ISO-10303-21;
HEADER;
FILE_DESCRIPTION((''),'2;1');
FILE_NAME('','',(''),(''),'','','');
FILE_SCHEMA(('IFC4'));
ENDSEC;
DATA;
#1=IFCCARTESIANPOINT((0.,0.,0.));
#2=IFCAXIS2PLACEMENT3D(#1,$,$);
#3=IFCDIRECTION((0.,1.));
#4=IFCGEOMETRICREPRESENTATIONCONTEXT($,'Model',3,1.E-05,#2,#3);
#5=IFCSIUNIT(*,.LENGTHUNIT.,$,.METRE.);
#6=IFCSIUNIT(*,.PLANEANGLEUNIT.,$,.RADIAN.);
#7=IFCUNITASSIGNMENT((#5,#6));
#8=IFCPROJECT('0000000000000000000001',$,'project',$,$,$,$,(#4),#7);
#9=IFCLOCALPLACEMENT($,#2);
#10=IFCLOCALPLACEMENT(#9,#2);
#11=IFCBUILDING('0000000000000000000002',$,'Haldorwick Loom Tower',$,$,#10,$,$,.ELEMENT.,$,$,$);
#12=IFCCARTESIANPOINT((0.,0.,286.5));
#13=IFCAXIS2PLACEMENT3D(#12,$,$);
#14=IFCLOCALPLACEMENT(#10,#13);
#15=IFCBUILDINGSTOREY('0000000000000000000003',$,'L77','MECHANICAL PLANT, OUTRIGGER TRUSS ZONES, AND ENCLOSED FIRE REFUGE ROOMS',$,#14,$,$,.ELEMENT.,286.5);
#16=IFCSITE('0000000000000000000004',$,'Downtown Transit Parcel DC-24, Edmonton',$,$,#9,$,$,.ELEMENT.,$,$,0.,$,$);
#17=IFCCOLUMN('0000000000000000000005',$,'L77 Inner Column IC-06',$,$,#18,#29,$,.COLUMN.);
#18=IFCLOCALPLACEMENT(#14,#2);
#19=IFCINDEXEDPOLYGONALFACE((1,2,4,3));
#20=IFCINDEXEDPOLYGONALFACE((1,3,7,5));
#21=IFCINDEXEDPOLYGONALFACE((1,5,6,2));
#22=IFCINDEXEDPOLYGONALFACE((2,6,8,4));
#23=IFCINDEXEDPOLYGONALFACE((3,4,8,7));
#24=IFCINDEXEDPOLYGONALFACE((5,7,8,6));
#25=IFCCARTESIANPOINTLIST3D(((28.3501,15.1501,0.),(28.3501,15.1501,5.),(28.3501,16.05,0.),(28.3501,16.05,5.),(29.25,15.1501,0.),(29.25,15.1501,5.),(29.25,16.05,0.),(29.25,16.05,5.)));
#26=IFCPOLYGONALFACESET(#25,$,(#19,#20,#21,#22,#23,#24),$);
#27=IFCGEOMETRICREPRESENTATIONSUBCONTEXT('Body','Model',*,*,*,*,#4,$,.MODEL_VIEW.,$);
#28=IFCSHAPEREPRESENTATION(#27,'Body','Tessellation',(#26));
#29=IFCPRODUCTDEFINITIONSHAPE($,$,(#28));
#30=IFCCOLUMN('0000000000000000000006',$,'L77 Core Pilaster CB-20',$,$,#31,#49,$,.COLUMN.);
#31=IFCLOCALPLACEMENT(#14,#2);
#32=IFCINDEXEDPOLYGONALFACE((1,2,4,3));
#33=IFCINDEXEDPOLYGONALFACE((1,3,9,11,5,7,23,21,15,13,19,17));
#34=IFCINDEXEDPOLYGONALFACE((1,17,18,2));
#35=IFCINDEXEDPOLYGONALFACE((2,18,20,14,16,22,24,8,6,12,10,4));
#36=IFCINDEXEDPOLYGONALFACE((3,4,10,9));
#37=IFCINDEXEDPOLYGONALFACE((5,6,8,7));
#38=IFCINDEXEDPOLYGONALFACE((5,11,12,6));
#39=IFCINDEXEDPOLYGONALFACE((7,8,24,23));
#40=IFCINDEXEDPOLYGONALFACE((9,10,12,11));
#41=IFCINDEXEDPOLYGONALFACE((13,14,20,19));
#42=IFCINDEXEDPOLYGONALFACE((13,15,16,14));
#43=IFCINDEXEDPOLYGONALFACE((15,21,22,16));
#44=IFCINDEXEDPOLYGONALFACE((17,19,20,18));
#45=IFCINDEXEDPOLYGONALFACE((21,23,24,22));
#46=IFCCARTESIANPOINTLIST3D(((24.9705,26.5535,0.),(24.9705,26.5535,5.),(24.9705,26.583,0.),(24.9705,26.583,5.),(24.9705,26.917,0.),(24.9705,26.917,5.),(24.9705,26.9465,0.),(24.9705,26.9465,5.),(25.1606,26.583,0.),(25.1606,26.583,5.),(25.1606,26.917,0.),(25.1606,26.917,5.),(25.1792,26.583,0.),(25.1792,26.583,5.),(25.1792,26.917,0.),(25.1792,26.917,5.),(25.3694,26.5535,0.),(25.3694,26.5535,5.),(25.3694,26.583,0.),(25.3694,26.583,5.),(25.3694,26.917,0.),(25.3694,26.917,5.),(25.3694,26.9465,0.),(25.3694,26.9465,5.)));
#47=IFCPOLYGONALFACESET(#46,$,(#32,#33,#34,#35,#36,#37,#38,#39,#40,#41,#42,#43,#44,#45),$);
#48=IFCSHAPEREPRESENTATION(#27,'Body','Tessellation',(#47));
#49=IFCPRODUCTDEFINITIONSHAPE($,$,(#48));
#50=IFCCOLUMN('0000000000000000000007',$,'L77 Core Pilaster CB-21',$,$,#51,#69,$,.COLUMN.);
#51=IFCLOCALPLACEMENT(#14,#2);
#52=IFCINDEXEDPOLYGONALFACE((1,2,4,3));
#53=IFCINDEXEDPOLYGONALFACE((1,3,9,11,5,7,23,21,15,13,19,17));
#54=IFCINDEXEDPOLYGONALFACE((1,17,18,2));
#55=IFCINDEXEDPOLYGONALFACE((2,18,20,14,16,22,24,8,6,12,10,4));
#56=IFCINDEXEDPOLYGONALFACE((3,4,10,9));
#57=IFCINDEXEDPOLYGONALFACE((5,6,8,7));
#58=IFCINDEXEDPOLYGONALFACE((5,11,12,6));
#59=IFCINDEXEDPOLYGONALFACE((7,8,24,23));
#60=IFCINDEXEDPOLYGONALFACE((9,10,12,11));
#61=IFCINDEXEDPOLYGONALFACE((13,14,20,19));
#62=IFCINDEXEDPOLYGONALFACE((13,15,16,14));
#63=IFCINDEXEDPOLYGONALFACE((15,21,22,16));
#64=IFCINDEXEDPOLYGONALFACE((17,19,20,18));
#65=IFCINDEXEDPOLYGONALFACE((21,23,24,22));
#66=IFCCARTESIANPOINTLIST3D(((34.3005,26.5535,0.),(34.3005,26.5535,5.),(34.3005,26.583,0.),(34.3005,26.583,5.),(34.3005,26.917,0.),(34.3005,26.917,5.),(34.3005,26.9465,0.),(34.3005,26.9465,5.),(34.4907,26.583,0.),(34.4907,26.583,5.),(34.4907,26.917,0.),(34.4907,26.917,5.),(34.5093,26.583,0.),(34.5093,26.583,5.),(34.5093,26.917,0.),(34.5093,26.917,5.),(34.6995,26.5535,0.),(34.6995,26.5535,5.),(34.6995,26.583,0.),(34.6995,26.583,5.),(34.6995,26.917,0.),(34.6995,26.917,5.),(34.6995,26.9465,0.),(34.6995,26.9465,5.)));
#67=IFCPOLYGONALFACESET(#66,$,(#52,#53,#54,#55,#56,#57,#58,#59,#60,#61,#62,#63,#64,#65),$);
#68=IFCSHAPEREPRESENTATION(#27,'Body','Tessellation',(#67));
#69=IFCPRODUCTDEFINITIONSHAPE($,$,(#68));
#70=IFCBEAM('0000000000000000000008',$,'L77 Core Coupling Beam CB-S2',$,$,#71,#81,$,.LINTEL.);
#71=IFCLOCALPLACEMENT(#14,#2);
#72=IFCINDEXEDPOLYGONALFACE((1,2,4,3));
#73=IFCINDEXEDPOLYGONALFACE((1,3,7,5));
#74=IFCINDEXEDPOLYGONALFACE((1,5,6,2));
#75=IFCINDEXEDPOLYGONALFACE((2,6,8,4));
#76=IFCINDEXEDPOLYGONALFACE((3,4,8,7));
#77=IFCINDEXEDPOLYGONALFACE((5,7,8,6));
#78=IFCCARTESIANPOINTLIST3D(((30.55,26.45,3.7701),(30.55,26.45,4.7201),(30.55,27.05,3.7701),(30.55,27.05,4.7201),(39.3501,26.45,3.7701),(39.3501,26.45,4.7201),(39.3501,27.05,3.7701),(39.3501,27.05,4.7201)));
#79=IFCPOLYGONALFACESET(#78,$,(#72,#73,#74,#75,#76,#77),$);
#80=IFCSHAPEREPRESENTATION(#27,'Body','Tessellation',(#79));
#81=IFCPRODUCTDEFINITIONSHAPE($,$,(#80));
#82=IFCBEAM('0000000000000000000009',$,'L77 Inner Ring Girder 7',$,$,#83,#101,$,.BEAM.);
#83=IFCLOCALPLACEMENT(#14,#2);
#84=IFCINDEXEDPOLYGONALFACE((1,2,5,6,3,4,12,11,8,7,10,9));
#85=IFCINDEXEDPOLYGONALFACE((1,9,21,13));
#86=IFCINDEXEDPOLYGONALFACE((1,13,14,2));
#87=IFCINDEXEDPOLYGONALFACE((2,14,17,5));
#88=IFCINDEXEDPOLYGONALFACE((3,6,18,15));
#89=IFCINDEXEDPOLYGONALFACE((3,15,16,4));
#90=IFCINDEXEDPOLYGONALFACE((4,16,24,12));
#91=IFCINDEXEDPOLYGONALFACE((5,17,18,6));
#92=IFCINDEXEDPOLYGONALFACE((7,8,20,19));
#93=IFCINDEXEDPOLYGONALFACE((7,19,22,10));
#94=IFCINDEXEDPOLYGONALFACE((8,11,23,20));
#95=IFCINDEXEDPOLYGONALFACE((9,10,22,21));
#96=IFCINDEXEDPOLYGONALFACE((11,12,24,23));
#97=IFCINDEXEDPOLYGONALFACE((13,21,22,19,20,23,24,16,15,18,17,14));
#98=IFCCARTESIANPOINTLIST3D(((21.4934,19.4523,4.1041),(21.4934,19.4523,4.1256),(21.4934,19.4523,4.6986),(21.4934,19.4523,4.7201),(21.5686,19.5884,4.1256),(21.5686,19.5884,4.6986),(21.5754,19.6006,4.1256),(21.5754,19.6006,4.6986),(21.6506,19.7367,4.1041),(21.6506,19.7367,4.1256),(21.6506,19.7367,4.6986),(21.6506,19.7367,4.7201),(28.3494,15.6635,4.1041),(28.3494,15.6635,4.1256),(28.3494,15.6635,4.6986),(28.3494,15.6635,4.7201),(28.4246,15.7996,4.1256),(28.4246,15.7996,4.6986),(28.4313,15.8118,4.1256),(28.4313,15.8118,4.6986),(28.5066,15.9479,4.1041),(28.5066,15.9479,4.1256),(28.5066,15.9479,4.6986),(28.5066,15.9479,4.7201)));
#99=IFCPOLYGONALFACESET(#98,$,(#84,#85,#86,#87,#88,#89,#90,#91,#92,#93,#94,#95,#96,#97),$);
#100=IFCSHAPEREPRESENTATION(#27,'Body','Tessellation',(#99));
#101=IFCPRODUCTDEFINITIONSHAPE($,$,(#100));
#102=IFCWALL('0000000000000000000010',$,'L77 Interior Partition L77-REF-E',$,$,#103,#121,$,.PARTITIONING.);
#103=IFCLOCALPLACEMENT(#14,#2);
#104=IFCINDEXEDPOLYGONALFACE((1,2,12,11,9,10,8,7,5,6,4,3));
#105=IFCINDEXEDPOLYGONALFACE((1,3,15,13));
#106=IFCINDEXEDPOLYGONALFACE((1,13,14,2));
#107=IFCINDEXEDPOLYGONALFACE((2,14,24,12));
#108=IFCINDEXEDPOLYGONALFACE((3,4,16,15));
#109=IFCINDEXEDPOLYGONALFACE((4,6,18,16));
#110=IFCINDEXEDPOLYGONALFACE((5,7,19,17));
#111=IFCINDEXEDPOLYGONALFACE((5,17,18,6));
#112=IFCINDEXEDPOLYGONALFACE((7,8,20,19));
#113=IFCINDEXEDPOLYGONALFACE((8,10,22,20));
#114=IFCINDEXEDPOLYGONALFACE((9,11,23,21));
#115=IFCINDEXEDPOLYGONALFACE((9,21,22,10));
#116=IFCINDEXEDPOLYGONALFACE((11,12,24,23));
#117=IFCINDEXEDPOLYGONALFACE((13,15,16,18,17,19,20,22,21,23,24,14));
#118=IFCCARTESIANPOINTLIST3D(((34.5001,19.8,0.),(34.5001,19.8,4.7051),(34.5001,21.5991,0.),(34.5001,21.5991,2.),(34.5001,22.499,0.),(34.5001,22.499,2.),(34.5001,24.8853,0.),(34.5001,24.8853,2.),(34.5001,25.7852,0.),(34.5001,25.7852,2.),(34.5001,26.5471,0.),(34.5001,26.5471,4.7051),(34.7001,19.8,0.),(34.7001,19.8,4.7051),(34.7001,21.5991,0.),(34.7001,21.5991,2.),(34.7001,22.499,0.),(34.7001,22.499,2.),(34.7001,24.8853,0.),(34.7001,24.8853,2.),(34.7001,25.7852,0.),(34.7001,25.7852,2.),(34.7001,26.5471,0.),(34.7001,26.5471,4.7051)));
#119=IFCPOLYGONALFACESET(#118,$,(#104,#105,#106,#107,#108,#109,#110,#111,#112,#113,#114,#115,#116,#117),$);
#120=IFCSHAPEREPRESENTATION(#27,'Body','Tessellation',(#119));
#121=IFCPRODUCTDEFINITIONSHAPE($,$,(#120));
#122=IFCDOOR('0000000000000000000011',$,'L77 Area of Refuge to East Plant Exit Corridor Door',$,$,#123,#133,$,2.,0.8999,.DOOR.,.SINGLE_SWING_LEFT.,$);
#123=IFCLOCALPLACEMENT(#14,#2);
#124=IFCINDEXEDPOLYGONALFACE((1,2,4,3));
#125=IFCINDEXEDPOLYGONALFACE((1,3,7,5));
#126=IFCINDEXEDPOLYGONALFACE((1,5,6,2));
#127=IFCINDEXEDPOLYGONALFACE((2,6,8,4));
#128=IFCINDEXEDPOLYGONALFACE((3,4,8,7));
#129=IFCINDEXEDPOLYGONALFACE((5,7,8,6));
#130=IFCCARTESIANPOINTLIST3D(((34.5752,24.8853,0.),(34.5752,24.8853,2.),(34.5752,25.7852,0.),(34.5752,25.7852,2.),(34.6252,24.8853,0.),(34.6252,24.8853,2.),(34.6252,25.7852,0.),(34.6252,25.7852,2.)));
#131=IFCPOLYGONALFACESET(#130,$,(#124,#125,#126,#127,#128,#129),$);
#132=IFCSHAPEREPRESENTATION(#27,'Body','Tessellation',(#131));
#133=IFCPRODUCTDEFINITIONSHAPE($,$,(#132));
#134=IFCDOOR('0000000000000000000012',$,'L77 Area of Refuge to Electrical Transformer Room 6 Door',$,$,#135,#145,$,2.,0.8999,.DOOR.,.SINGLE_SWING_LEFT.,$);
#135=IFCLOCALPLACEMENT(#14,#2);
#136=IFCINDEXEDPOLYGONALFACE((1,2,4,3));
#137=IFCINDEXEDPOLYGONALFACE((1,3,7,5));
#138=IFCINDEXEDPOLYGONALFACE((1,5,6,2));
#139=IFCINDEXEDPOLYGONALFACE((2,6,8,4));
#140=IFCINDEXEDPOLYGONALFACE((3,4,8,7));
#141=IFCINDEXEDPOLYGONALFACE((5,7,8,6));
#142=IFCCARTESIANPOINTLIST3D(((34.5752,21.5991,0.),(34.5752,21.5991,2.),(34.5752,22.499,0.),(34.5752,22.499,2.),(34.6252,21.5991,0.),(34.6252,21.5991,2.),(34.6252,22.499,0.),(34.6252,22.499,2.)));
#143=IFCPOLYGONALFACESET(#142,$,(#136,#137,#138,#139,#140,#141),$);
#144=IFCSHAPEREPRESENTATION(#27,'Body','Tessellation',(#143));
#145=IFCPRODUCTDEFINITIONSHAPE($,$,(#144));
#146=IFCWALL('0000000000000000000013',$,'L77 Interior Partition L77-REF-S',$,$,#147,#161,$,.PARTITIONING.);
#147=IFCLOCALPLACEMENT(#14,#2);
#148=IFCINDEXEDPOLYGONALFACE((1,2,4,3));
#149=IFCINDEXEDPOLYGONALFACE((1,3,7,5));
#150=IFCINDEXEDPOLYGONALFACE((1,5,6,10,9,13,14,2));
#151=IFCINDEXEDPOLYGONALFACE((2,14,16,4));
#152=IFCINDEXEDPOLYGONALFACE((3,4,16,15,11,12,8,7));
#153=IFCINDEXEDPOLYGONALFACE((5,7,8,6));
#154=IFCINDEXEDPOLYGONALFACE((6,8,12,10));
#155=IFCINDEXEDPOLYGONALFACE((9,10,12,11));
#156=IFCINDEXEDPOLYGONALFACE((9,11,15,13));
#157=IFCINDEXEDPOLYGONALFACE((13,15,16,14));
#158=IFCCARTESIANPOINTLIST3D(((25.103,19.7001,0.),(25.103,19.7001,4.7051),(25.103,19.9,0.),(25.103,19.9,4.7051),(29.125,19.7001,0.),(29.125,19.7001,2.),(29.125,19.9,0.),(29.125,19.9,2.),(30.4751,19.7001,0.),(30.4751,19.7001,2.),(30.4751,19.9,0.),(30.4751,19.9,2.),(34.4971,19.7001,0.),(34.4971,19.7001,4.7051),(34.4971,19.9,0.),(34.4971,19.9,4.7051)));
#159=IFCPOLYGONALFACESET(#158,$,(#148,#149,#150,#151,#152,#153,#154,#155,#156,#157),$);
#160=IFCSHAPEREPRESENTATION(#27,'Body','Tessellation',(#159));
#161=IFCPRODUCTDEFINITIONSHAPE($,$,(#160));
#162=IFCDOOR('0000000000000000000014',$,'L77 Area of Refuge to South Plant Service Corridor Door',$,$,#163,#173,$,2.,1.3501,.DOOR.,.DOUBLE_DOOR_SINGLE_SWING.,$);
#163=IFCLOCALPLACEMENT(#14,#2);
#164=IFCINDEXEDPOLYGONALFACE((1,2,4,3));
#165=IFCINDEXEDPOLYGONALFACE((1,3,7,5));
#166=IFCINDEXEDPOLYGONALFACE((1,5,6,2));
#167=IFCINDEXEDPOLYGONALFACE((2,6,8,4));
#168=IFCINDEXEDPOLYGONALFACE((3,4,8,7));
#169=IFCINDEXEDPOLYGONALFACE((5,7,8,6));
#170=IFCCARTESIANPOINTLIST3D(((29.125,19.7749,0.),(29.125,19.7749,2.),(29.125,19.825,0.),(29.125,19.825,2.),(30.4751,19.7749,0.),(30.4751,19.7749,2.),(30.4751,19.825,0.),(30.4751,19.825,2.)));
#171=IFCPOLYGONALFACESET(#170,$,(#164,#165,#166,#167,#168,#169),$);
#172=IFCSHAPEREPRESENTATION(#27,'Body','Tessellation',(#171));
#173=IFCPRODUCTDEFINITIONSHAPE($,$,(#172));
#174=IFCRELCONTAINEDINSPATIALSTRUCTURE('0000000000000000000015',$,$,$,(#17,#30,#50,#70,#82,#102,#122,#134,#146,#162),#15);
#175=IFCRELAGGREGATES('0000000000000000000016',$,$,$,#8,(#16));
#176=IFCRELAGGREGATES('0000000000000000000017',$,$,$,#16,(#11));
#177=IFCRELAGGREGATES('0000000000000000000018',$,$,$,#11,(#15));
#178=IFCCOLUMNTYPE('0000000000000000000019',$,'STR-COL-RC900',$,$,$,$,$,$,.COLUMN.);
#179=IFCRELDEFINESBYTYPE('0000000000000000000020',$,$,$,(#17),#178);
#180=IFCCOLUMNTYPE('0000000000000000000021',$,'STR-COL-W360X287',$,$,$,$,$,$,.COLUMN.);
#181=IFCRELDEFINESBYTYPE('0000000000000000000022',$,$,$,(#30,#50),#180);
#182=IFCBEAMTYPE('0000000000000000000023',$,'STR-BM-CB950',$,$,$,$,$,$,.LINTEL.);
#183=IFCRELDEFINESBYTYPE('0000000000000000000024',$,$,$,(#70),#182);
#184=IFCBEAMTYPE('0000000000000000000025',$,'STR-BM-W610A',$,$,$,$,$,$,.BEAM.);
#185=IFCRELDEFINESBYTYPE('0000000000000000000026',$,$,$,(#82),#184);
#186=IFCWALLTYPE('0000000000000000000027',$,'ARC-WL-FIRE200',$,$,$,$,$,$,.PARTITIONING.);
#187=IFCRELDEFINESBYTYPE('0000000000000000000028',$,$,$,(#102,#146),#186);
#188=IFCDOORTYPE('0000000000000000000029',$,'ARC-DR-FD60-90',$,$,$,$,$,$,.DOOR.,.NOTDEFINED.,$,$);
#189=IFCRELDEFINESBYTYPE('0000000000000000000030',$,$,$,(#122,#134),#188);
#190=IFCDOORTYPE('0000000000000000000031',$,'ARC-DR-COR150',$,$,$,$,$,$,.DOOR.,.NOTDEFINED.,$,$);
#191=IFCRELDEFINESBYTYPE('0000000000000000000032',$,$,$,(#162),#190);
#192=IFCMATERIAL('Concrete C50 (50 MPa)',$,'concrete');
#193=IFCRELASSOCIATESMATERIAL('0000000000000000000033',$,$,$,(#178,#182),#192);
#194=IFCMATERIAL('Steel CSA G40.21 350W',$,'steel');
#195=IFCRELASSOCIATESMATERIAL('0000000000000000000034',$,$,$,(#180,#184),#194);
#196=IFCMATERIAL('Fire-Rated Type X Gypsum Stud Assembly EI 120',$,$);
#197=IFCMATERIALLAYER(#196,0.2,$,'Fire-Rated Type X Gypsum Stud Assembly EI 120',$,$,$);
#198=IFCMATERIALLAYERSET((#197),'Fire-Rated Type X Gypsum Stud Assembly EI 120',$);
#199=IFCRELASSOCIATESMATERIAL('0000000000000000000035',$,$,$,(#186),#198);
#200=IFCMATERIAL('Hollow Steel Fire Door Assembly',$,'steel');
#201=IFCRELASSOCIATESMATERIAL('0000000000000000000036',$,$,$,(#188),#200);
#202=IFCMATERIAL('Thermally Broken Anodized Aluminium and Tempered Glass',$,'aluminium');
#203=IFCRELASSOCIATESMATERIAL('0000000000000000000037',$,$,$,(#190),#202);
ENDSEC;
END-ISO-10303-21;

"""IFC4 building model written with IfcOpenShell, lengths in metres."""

from ifc_helpers import new_model, si_unit, direction, frame, frame_2d, origin, origin_2d, place, context, subcontext, project, spatial, rectangle, i_section, extrude, material, layer, layer_set, material_profile, profile_set, type_object, element, fill, save


model = new_model("IFC4")

# Units and contexts
model_context = context("Model", 3, precision=1e-05, world=origin(), true_north=direction((0.0, 1.0)))
body_context = subcontext(model_context, "Body", "Model", "MODEL_VIEW")
ifc_project = project(units=[si_unit("LENGTHUNIT", "METRE"), si_unit("PLANEANGLEUNIT", "RADIAN")], contexts=[model_context])

# Site, building, storey
site_placement = place(None, origin())
site = spatial("IfcSite", under=ifc_project, at=site_placement, Name="Downtown Transit Parcel DC-24, Edmonton", CompositionType="ELEMENT", RefElevation=0.0)
building_placement = place(site_placement, origin())
building = spatial("IfcBuilding", under=site, at=building_placement, Name="Haldorwick Loom Tower", CompositionType="ELEMENT")
storey_placement = place(building_placement, frame((0.0, 0.0, 286.5)))
storey = spatial("IfcBuildingStorey", under=building, at=storey_placement, Name="L77", Description="MECHANICAL PLANT, OUTRIGGER TRUSS ZONES, AND ENCLOSED FIRE REFUGE ROOMS", CompositionType="ELEMENT", Elevation=286.5)

# Columns
ifc_material_1 = material(Name="Concrete C50 (50 MPa)", Category="concrete")
ifc_material_profile_1 = material_profile(ifc_material_1, rectangle(XDim=0.8999, YDim=0.8999, at=origin_2d()), Name="RC900X900", Category="concrete")
ifc_profile_set_1 = profile_set([ifc_material_profile_1], Name="Concrete C50 (50 MPa)")
column_type_1 = type_object("IfcColumnType", Name="STR-COL-RC900", PredefinedType="COLUMN", material=ifc_profile_set_1)
column_placement = place(storey_placement, frame((28.8, 15.6001, 0.0), z_axis=(0.0, 0.0, 1.0), x_axis=(1.0, 0.0, 0.0)))
element("IfcColumn", 1, at=column_placement, inside=storey, type_object=column_type_1, Name="L77 Inner Column IC-06", PredefinedType="COLUMN", context=body_context, shape_type="SweptSolid", body=[
    extrude(rectangle(XDim=0.8999, YDim=0.8999, at=origin_2d()), origin(), (0.0, 0.0, 1.0), 5.0),
])
ifc_material_2 = material(Name="Steel CSA G40.21 350W", Category="steel")
ifc_material_profile_2 = material_profile(ifc_material_2, i_section(OverallWidth=0.3989, OverallDepth=0.3931, WebThickness=0.0186, FlangeThickness=0.0295, at=origin_2d()), Name="W360X287", Category="steel")
ifc_profile_set_2 = profile_set([ifc_material_profile_2], Name="Steel CSA G40.21 350W")
column_type_2 = type_object("IfcColumnType", Name="STR-COL-W360X287", PredefinedType="COLUMN", material=ifc_profile_set_2)
for number, where, z_axis, x_axis, name in (
    (2, (25.1699, 26.75, 0.0), (0.0, 0.0, 1.0), (1.0, 0.0, 0.0), "L77 Core Pilaster CB-20"),
    (3, (34.5, 26.75, 0.0), (0.0, 0.0, 1.0), (1.0, 0.0, 0.0), "L77 Core Pilaster CB-21"),
):
    element("IfcColumn", number, at=place(storey_placement, frame(where, z_axis=z_axis, x_axis=x_axis)), inside=storey, type_object=column_type_2, Name=name, PredefinedType="COLUMN", context=body_context, shape_type="SweptSolid", body=[
        extrude(i_section(OverallWidth=0.3989, OverallDepth=0.3931, WebThickness=0.0186, FlangeThickness=0.0295, at=origin_2d()), origin(), (0.0, 0.0, 1.0), 5.0),
    ])

# Beams
ifc_material_profile_3 = material_profile(ifc_material_1, rectangle(XDim=0.6001, YDim=0.95, at=origin_2d()), Name="RC600X950", Category="concrete")
ifc_profile_set_3 = profile_set([ifc_material_profile_3], Name="Concrete C50 (50 MPa)")
beam_type_1 = type_object("IfcBeamType", Name="STR-BM-CB950", PredefinedType="LINTEL", material=ifc_profile_set_3)
beam_1_placement = place(storey_placement, frame((30.55, 26.75, 4.2451), z_axis=(1.0, 0.0, 0.0), x_axis=(0.0, 1.0, 0.0)))
element("IfcBeam", 4, at=beam_1_placement, inside=storey, type_object=beam_type_1, Name="L77 Core Coupling Beam CB-S2", PredefinedType="LINTEL", context=body_context, shape_type="SweptSolid", body=[
    extrude(rectangle(XDim=0.6001, YDim=0.95, at=origin_2d()), origin(), (0.0, 0.0, 1.0), 8.8),
])
ifc_material_profile_4 = material_profile(ifc_material_2, i_section(OverallWidth=0.325, OverallDepth=0.616, WebThickness=0.0139, FlangeThickness=0.0215, at=origin_2d()), Name="W610X174", Category="steel")
ifc_profile_set_4 = profile_set([ifc_material_profile_4], Name="Steel CSA G40.21 350W")
beam_type_2 = type_object("IfcBeamType", Name="STR-BM-W610A", PredefinedType="BEAM", material=ifc_profile_set_4)
beam_2_placement = place(storey_placement, frame((28.428, 15.8057, 4.4121), z_axis=(-0.875242, 0.483686, 0.0), x_axis=(-0.483686, -0.875242, 0.0)))
element("IfcBeam", 5, at=beam_2_placement, inside=storey, type_object=beam_type_2, Name="L77 Inner Ring Girder 7", PredefinedType="BEAM", context=body_context, shape_type="SweptSolid", body=[
    extrude(i_section(OverallWidth=0.325, OverallDepth=0.616, WebThickness=0.0139, FlangeThickness=0.0215, at=origin_2d()), origin(), (0.0, 0.0, 1.0), 7.8333),
])

# Wall, openings, doors
ifc_material_3 = material(Name="Fire-Rated Type X Gypsum Stud Assembly EI 120")
ifc_layer_1 = layer(ifc_material_3, 0.2, Name="Fire-Rated Type X Gypsum Stud Assembly EI 120")
ifc_layer_set_1 = layer_set([ifc_layer_1], Name="Fire-Rated Type X Gypsum Stud Assembly EI 120")
wall_type_1 = type_object("IfcWallType", Name="ARC-WL-FIRE200", PredefinedType="PARTITIONING", material=ifc_layer_set_1)
wall_1_placement = place(storey_placement, frame((34.6001, 19.8, 0.0), z_axis=(0.0, 0.0, 1.0), x_axis=(0.0, 1.0, 0.0)))
wall_1 = element("IfcWall", 6, at=wall_1_placement, inside=storey, type_object=wall_type_1, Name="L77 Interior Partition L77-REF-E", PredefinedType="PARTITIONING", context=body_context, shape_type="SweptSolid", body=[
    extrude(rectangle(XDim=6.7471, YDim=0.2, at=frame_2d((3.3735, 0.0))), origin(), (0.0, 0.0, 1.0), 4.7051),
])
opening_1_placement = place(wall_1_placement, frame((5.0852, 0.0, 0.0)))
opening_1 = element("IfcOpeningElement", 7, at=opening_1_placement, cuts=wall_1, PredefinedType="OPENING", context=body_context, shape_type="SweptSolid", body=[
    extrude(rectangle(XDim=0.8999, YDim=2.0, at=frame_2d((0.45, 1.0))), frame((0.0, 0.1099, 0.0), z_axis=(0.0, -1.0, 0.0), x_axis=(1.0, 0.0, 0.0)), (0.0, 0.0, 1.0), 0.22),
])
opening_2_placement = place(wall_1_placement, frame((1.7991, 0.0, 0.0)))
opening_2 = element("IfcOpeningElement", 8, at=opening_2_placement, cuts=wall_1, PredefinedType="OPENING", context=body_context, shape_type="SweptSolid", body=[
    extrude(rectangle(XDim=0.8999, YDim=2.0, at=frame_2d((0.45, 1.0))), frame((0.0, 0.1099, 0.0), z_axis=(0.0, -1.0, 0.0), x_axis=(1.0, 0.0, 0.0)), (0.0, 0.0, 1.0), 0.22),
])
ifc_material_4 = material(Name="Hollow Steel Fire Door Assembly", Category="steel")
door_type_1 = type_object("IfcDoorType", Name="ARC-DR-FD60-90", OperationType="NOTDEFINED", PredefinedType="DOOR", material=ifc_material_4)
door_1_placement = place(opening_1_placement, origin())
door_1 = element("IfcDoor", 9, at=door_1_placement, inside=storey, type_object=door_type_1, Name="L77 Area of Refuge to East Plant Exit Corridor Door", OperationType="SINGLE_SWING_LEFT", OverallHeight=2.0, OverallWidth=0.8999, PredefinedType="DOOR", context=body_context, shape_type="SweptSolid", body=[
    extrude(rectangle(XDim=0.8999, YDim=2.0, at=frame_2d((0.45, 1.0))), frame((0.0, 0.0249, 0.0), z_axis=(0.0, -1.0, 0.0), x_axis=(1.0, 0.0, 0.0)), (0.0, 0.0, 1.0), 0.05),
])
fill(opening_1, door_1)
door_2_placement = place(opening_2_placement, origin())
door_2 = element("IfcDoor", 10, at=door_2_placement, inside=storey, type_object=door_type_1, Name="L77 Area of Refuge to Electrical Transformer Room 6 Door", OperationType="SINGLE_SWING_LEFT", OverallHeight=2.0, OverallWidth=0.8999, PredefinedType="DOOR", context=body_context, shape_type="SweptSolid", body=[
    extrude(rectangle(XDim=0.8999, YDim=2.0, at=frame_2d((0.45, 1.0))), frame((0.0, 0.0249, 0.0), z_axis=(0.0, -1.0, 0.0), x_axis=(1.0, 0.0, 0.0)), (0.0, 0.0, 1.0), 0.05),
])
fill(opening_2, door_2)

# Wall, opening, door
wall_2_placement = place(storey_placement, frame((25.103, 19.8, 0.0), z_axis=(0.0, 0.0, 1.0), x_axis=(1.0, 0.0, 0.0)))
wall_2 = element("IfcWall", 11, at=wall_2_placement, inside=storey, type_object=wall_type_1, Name="L77 Interior Partition L77-REF-S", PredefinedType="PARTITIONING", context=body_context, shape_type="SweptSolid", body=[
    extrude(rectangle(XDim=9.394, YDim=0.2, at=frame_2d((4.697, 0.0))), origin(), (0.0, 0.0, 1.0), 4.7051),
])
opening_3_placement = place(wall_2_placement, frame((4.022, 0.0, 0.0)))
opening_3 = element("IfcOpeningElement", 12, at=opening_3_placement, cuts=wall_2, PredefinedType="OPENING", context=body_context, shape_type="SweptSolid", body=[
    extrude(rectangle(XDim=1.3501, YDim=2.0, at=frame_2d((0.675, 1.0))), frame((0.0, 0.1099, 0.0), z_axis=(0.0, -1.0, 0.0), x_axis=(1.0, 0.0, 0.0)), (0.0, 0.0, 1.0), 0.22),
])
ifc_material_5 = material(Name="Thermally Broken Anodized Aluminium and Tempered Glass", Category="aluminium")
door_type_2 = type_object("IfcDoorType", Name="ARC-DR-COR150", OperationType="NOTDEFINED", PredefinedType="DOOR", material=ifc_material_5)
door_3_placement = place(opening_3_placement, origin())
door_3 = element("IfcDoor", 13, at=door_3_placement, inside=storey, type_object=door_type_2, Name="L77 Area of Refuge to South Plant Service Corridor Door", OperationType="DOUBLE_DOOR_SINGLE_SWING", OverallHeight=2.0, OverallWidth=1.3501, PredefinedType="DOOR", context=body_context, shape_type="SweptSolid", body=[
    extrude(rectangle(XDim=1.3501, YDim=2.0, at=frame_2d((0.675, 1.0))), frame((0.0, 0.0249, 0.0), z_axis=(0.0, -1.0, 0.0), x_axis=(1.0, 0.0, 0.0)), (0.0, 0.0, 1.0), 0.05),
])
fill(opening_3, door_3)

save(model, "model.ifc")
